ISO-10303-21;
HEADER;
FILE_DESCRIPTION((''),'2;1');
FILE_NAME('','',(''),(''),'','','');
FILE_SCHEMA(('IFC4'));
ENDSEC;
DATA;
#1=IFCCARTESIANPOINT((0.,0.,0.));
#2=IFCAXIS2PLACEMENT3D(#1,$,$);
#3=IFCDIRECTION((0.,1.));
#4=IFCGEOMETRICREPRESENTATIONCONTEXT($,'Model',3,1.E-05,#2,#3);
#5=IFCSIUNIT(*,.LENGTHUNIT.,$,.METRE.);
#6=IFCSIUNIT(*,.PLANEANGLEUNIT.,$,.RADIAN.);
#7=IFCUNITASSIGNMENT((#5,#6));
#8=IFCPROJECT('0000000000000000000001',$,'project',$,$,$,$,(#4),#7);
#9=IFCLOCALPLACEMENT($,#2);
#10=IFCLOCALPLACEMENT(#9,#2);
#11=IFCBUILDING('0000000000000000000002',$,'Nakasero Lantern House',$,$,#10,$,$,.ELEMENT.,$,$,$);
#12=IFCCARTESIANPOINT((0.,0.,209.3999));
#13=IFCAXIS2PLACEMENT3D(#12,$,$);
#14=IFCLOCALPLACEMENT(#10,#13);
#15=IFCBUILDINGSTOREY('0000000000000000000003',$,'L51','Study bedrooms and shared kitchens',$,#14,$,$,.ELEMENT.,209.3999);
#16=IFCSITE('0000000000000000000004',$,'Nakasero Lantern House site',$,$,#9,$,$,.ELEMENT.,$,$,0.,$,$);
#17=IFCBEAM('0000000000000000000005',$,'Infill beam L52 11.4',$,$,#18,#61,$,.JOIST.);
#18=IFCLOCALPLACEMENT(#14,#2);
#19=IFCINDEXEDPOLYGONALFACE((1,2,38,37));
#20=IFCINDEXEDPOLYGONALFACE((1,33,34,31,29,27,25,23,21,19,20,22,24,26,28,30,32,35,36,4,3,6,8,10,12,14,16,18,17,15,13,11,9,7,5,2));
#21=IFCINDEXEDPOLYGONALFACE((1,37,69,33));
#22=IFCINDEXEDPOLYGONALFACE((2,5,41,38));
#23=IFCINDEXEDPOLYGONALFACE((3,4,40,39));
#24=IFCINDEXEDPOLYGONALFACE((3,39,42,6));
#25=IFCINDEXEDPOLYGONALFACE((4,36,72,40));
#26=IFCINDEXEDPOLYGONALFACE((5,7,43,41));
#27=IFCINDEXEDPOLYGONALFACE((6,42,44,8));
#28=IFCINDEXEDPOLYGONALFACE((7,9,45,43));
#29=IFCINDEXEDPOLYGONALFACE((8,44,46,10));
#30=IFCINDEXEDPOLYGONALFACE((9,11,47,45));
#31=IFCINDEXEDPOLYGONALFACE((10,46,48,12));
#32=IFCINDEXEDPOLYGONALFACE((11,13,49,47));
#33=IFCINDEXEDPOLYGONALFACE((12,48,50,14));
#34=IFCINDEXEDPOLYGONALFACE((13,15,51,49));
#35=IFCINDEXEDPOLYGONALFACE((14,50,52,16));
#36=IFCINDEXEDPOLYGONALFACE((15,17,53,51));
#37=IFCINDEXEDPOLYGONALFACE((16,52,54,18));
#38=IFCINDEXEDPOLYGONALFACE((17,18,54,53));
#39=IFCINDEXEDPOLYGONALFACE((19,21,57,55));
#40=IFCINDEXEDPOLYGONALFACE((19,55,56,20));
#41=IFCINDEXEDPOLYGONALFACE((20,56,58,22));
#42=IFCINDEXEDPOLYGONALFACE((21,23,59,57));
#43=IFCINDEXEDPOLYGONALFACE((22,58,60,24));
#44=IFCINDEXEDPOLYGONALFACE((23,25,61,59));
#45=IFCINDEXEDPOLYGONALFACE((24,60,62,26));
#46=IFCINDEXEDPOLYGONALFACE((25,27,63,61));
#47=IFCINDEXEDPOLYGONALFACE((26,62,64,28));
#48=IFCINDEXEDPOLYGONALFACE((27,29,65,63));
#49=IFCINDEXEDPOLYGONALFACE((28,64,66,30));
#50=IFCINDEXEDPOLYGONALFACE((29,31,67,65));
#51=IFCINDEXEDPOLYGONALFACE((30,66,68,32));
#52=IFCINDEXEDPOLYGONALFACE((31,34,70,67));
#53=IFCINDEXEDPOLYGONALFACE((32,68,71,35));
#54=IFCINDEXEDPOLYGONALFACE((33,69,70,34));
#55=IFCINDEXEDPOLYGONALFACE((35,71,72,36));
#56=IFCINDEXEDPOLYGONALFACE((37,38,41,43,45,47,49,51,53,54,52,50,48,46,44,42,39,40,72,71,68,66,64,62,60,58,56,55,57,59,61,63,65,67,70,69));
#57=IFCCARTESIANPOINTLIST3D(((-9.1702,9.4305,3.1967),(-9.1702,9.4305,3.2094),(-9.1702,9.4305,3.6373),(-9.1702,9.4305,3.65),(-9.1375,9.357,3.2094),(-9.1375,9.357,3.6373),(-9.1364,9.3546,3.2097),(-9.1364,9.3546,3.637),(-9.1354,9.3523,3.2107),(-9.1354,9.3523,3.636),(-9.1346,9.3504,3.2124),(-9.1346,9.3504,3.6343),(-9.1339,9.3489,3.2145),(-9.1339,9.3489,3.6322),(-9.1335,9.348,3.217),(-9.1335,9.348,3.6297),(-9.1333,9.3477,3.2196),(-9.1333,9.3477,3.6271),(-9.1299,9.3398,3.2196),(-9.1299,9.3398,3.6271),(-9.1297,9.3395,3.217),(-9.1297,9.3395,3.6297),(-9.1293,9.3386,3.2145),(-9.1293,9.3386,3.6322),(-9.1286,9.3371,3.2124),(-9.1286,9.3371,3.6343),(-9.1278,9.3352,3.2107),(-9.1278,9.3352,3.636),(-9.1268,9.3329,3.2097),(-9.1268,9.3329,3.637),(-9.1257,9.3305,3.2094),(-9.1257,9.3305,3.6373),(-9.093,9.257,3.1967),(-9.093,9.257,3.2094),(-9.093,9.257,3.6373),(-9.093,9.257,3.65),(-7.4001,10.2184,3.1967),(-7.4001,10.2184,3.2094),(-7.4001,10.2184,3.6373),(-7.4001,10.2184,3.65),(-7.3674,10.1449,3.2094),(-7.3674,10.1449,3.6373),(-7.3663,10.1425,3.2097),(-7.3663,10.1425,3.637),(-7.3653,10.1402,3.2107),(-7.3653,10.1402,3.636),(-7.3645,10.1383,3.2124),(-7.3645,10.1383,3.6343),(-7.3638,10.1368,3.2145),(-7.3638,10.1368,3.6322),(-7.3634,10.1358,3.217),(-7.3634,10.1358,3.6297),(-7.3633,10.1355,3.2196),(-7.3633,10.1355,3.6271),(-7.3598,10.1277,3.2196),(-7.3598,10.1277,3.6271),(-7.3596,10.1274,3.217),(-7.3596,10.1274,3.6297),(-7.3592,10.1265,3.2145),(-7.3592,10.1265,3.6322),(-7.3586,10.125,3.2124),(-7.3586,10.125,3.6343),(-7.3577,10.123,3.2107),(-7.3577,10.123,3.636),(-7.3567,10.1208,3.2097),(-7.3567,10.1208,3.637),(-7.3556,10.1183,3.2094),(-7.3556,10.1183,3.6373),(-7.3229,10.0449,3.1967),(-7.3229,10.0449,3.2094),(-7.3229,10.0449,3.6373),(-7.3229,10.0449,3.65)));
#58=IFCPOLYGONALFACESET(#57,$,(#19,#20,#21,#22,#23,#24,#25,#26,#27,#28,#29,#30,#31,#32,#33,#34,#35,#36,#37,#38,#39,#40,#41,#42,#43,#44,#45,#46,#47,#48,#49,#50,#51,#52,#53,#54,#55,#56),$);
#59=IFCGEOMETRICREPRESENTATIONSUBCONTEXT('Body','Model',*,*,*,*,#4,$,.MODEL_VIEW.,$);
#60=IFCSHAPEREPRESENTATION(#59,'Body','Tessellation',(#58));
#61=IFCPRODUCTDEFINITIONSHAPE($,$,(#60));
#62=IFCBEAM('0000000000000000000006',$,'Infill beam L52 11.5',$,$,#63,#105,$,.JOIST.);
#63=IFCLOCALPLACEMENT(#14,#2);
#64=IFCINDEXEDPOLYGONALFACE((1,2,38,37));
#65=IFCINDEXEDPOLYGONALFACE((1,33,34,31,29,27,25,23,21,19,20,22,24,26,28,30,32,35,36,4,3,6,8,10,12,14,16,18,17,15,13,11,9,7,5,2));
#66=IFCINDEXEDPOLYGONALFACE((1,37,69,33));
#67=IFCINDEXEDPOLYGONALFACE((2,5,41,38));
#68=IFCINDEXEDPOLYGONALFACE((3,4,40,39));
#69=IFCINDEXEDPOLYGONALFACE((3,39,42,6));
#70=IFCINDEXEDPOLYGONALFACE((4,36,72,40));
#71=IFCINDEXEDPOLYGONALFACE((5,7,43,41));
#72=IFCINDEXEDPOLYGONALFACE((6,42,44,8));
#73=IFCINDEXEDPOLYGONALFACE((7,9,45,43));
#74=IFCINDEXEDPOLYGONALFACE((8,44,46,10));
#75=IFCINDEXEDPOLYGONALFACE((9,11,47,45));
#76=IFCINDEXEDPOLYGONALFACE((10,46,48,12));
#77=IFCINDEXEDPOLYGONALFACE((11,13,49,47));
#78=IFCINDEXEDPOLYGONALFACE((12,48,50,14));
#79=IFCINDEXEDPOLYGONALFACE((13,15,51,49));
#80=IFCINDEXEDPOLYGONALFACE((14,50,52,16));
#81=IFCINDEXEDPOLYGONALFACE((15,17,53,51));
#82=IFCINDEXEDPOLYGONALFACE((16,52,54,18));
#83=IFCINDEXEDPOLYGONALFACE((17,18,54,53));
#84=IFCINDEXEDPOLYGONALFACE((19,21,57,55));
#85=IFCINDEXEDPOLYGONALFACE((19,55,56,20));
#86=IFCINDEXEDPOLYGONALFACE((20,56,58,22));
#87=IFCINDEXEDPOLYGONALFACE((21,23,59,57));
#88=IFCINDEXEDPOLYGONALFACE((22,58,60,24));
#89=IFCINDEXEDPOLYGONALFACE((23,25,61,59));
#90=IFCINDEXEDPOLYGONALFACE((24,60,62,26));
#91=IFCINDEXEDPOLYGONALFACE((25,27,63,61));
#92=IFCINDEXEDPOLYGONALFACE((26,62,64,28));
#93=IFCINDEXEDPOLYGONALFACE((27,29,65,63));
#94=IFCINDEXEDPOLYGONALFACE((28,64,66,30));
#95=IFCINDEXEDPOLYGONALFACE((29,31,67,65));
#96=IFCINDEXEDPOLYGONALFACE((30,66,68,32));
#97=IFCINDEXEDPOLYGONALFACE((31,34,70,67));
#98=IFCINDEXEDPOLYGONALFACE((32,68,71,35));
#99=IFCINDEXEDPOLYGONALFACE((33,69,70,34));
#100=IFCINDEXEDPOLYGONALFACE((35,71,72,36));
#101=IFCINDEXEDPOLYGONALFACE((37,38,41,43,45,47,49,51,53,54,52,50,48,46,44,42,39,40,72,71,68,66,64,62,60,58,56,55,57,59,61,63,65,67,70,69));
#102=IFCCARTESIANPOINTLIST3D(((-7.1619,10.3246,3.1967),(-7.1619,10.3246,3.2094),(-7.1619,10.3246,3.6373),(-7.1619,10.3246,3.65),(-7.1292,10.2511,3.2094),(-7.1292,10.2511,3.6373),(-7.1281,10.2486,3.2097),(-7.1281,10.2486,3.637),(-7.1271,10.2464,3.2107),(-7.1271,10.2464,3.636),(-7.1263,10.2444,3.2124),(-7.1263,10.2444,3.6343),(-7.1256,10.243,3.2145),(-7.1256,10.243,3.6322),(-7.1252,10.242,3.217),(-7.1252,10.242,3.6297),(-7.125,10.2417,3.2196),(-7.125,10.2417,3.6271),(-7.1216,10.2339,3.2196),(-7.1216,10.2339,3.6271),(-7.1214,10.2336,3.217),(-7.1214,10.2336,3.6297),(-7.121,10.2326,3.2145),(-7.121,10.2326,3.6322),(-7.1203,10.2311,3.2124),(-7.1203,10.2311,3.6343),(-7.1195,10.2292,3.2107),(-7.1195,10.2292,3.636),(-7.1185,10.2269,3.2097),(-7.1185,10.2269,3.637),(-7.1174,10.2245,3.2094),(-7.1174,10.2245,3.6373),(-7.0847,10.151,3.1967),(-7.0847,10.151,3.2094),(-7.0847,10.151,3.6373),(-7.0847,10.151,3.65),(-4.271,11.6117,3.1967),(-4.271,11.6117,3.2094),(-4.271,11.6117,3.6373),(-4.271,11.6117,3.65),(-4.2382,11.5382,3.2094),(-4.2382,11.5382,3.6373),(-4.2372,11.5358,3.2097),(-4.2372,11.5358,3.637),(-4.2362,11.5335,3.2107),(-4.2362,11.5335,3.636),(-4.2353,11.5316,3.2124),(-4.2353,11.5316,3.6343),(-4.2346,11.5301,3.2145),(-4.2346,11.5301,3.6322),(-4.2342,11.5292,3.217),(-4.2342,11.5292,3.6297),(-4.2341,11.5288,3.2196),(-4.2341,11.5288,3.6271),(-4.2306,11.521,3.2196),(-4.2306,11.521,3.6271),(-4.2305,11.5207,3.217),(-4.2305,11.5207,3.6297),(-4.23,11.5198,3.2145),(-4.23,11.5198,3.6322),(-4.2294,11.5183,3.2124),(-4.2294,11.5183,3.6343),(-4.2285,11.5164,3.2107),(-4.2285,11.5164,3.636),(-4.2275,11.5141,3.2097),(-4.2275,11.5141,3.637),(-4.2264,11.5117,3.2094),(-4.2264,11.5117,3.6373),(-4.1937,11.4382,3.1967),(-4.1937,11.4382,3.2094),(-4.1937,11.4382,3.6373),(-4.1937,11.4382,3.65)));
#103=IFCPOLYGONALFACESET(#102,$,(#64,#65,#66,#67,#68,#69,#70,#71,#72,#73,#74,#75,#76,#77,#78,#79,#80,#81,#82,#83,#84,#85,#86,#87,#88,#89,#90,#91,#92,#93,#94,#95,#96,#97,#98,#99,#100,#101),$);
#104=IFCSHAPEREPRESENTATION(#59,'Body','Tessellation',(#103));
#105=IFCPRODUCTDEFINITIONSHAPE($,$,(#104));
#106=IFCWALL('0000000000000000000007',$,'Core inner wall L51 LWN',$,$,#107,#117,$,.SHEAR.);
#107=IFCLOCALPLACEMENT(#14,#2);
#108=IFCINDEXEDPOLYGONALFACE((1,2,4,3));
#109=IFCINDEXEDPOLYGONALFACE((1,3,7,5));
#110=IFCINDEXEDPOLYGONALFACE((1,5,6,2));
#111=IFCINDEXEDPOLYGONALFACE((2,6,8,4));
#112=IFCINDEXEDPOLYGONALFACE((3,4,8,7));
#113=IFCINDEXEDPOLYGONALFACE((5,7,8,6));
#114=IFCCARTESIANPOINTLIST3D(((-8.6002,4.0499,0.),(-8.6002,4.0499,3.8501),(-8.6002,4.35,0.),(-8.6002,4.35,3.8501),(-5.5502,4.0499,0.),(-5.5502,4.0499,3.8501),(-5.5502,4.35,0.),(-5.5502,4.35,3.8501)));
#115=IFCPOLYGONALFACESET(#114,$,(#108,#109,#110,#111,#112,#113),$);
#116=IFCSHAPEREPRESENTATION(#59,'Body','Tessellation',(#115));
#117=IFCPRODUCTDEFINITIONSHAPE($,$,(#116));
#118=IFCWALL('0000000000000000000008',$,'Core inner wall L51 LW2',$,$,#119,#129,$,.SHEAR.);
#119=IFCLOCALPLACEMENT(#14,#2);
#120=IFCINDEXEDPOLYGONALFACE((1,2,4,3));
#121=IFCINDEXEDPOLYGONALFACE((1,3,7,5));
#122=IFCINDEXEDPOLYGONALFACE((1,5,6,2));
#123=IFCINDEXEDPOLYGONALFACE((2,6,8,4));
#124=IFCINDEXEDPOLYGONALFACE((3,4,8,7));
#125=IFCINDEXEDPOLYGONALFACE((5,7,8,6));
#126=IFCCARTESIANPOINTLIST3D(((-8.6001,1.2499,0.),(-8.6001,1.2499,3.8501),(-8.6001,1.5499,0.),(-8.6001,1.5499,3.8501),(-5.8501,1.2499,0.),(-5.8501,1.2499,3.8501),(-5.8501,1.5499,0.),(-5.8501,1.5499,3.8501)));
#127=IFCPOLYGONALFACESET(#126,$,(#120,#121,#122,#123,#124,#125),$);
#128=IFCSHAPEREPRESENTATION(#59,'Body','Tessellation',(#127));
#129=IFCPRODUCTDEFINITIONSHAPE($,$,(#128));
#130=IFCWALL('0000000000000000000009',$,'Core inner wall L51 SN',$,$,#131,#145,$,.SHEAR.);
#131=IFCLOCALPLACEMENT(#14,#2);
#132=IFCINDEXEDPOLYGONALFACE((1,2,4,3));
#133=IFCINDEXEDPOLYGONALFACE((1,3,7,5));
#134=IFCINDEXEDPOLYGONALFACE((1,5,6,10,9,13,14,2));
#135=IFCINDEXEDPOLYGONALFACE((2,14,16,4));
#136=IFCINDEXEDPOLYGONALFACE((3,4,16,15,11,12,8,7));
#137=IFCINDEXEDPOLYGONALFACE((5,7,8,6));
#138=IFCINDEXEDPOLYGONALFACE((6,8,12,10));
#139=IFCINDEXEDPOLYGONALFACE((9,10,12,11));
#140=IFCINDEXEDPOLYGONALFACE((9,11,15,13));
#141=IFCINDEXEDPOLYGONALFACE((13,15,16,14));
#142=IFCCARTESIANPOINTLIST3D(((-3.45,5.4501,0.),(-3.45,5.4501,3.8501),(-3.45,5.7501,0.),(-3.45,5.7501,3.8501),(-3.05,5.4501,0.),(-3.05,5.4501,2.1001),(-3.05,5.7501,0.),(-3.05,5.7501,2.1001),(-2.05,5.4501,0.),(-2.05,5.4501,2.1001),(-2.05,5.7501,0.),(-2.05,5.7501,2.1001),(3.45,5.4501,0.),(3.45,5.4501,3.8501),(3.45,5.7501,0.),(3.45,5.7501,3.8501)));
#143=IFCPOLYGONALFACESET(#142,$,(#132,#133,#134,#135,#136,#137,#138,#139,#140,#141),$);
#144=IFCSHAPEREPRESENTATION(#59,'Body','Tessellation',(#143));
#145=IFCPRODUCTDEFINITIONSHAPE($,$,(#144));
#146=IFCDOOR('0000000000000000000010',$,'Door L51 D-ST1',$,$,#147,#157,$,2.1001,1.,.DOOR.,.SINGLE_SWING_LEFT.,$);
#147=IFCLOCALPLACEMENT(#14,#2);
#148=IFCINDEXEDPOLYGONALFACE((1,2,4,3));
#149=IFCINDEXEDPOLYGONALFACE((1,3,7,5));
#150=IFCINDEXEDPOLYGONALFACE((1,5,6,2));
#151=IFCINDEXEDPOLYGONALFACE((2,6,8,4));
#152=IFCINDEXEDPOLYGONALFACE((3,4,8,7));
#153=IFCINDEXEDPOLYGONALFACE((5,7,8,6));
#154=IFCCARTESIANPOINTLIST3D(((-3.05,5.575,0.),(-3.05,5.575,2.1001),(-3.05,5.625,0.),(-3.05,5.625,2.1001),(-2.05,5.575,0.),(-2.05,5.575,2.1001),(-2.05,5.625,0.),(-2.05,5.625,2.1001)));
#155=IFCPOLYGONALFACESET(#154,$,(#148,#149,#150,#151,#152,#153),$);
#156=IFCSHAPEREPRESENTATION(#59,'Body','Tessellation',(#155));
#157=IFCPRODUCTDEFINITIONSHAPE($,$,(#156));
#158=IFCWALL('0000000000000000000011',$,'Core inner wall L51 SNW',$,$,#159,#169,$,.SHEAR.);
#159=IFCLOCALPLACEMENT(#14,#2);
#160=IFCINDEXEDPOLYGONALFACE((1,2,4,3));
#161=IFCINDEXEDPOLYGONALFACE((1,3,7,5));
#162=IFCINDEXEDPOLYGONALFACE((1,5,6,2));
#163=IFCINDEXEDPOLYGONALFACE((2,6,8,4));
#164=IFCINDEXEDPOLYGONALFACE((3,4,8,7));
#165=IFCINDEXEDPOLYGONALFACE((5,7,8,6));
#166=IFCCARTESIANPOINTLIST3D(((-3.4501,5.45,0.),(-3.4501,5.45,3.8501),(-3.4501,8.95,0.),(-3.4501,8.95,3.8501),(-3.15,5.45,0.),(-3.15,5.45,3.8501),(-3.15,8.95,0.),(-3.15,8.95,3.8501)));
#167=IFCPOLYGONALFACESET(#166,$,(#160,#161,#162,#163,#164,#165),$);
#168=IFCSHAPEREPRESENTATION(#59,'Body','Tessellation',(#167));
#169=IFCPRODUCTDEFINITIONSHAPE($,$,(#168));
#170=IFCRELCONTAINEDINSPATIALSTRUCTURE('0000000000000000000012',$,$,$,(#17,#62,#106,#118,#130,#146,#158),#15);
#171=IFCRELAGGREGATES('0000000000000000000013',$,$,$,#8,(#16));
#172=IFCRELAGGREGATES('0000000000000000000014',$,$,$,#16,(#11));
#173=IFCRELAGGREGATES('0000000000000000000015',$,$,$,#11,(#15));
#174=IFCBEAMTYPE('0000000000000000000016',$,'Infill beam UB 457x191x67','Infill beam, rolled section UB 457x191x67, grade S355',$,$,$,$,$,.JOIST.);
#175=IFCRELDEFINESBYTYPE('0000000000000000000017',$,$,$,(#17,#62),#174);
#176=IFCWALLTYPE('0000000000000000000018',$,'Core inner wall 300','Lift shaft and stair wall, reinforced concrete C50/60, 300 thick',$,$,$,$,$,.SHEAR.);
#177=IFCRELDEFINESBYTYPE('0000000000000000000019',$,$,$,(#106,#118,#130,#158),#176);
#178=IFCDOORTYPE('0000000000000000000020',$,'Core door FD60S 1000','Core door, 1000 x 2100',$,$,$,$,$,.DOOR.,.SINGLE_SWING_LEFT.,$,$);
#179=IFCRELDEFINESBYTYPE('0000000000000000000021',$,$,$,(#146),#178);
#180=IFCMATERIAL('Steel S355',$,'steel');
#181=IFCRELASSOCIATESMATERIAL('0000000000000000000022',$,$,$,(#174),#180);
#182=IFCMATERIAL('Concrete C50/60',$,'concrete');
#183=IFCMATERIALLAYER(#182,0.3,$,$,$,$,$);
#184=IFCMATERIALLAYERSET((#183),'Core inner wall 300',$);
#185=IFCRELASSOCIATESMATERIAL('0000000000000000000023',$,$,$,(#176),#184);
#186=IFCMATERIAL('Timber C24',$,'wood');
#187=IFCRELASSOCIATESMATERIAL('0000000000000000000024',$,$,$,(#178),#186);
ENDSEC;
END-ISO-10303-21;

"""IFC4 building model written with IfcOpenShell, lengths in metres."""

from ifc_helpers import new_model, si_unit, direction, frame, frame_2d, origin, origin_2d, place, context, subcontext, project, spatial, rectangle, i_section, extrude, material, layer, layer_set, material_profile, profile_set, type_object, element, fill, save


model = new_model("IFC4")

# Units and contexts
model_context = context("Model", 3, precision=1e-05, world=origin(), true_north=direction((0.0, 1.0)))
body_context = subcontext(model_context, "Body", "Model", "MODEL_VIEW")
ifc_project = project(units=[si_unit("LENGTHUNIT", "METRE"), si_unit("PLANEANGLEUNIT", "RADIAN")], contexts=[model_context])

# Site, building, storey
site_placement = place(None, origin())
site = spatial("IfcSite", under=ifc_project, at=site_placement, Name="Nakasero Lantern House site", CompositionType="ELEMENT", RefElevation=0.0)
building_placement = place(site_placement, origin())
building = spatial("IfcBuilding", under=site, at=building_placement, Name="Nakasero Lantern House", CompositionType="ELEMENT")
storey_placement = place(building_placement, frame((0.0, 0.0, 209.3999)))
storey = spatial("IfcBuildingStorey", under=building, at=storey_placement, Name="L51", Description="Study bedrooms and shared kitchens", CompositionType="ELEMENT", Elevation=209.3999)

# Beams
ifc_material_1 = material(Name="Steel S355", Category="steel")
ifc_material_profile = material_profile(ifc_material_1, i_section(OverallWidth=0.1899, OverallDepth=0.4534, WebThickness=0.0085, FlangeThickness=0.0127, FilletRadius=0.0103, at=origin_2d()), Name="UB 457x191x67")
ifc_profile_set = profile_set([ifc_material_profile], Name="Steel S355")
beam_type = type_object("IfcBeamType", Name="Infill beam UB 457x191x67", Description="Infill beam, rolled section UB 457x191x67, grade S355", PredefinedType="JOIST", material=ifc_profile_set)
beam_1_placement = place(storey_placement, frame((-9.1316, 9.3438, 3.4233), z_axis=(0.913588, 0.406641, 0.0), x_axis=(-0.406641, 0.913588, 0.0)))
element("IfcBeam", 1, at=beam_1_placement, inside=storey, type_object=beam_type, Name="Infill beam L52 11.4", PredefinedType="JOIST", context=body_context, shape_type="SweptSolid", body=[
    extrude(i_section(OverallWidth=0.1899, OverallDepth=0.4534, WebThickness=0.0085, FlangeThickness=0.0127, FilletRadius=0.0103, at=origin_2d()), origin(), (0.0, 0.0, 1.0), 1.9375),
])
beam_2_placement = place(storey_placement, frame((-7.1233, 10.2378, 3.4233), z_axis=(0.913544, 0.40674, 0.0), x_axis=(-0.40674, 0.913544, 0.0)))
element("IfcBeam", 2, at=beam_2_placement, inside=storey, type_object=beam_type, Name="Infill beam L52 11.5", PredefinedType="JOIST", context=body_context, shape_type="SweptSolid", body=[
    extrude(i_section(OverallWidth=0.1899, OverallDepth=0.4534, WebThickness=0.0085, FlangeThickness=0.0127, FilletRadius=0.0103, at=origin_2d()), origin(), (0.0, 0.0, 1.0), 3.1646),
])

# Walls
ifc_material_2 = material(Name="Concrete C50/60", Category="concrete")
ifc_layer_1 = layer(ifc_material_2, 0.3)
ifc_layer_set_1 = layer_set([ifc_layer_1], Name="Core inner wall 300")
wall_type_1 = type_object("IfcWallType", Name="Core inner wall 300", Description="Lift shaft and stair wall, reinforced concrete C50/60, 300 thick", PredefinedType="SHEAR", material=ifc_layer_set_1)
wall_1_placement = place(storey_placement, frame((-8.6001, 4.2, 0.0), z_axis=(0.0, 0.0, 1.0), x_axis=(1.0, 0.0, 0.0)))
element("IfcWall", 3, at=wall_1_placement, inside=storey, type_object=wall_type_1, Name="Core inner wall L51 LWN", PredefinedType="SHEAR", context=body_context, shape_type="SweptSolid", body=[
    extrude(rectangle(XDim=3.05, YDim=0.3, at=frame_2d((1.5249, 0.0))), origin(), (0.0, 0.0, 1.0), 3.8501),
])
wall_2_placement = place(storey_placement, frame((-8.6001, 1.3999, 0.0), z_axis=(0.0, 0.0, 1.0), x_axis=(1.0, 0.0, 0.0)))
element("IfcWall", 4, at=wall_2_placement, inside=storey, type_object=wall_type_1, Name="Core inner wall L51 LW2", PredefinedType="SHEAR", context=body_context, shape_type="SweptSolid", body=[
    extrude(rectangle(XDim=2.75, YDim=0.3, at=frame_2d((1.375, 0.0))), origin(), (0.0, 0.0, 1.0), 3.8501),
])

# Wall, opening, door
wall_3_placement = place(storey_placement, frame((-3.45, 5.6001, 0.0), z_axis=(0.0, 0.0, 1.0), x_axis=(1.0, 0.0, 0.0)))
wall_3 = element("IfcWall", 5, at=wall_3_placement, inside=storey, type_object=wall_type_1, Name="Core inner wall L51 SN", PredefinedType="SHEAR", context=body_context, shape_type="SweptSolid", body=[
    extrude(rectangle(XDim=6.8999, YDim=0.3, at=frame_2d((3.45, 0.0))), origin(), (0.0, 0.0, 1.0), 3.8501),
])
opening_1_placement = place(wall_3_placement, frame((0.3999, 0.0, 0.0)))
opening_1 = element("IfcOpeningElement", 6, at=opening_1_placement, cuts=wall_3, PredefinedType="OPENING", context=body_context, shape_type="SweptSolid", body=[
    extrude(rectangle(XDim=1.0, YDim=2.1001, at=frame_2d((0.5, 1.05))), frame((0.0, 0.1699, 0.0), z_axis=(0.0, -1.0, 0.0), x_axis=(1.0, 0.0, 0.0)), (0.0, 0.0, 1.0), 0.3401),
])
ifc_material_3 = material(Name="Timber C24", Category="wood")
door_type_1 = type_object("IfcDoorType", Name="Core door FD60S 1000", Description="Core door, 1000 x 2100", OperationType="SINGLE_SWING_LEFT", PredefinedType="DOOR", material=ifc_material_3)
door_1_placement = place(opening_1_placement, origin())
door_1 = element("IfcDoor", 7, at=door_1_placement, inside=storey, type_object=door_type_1, Name="Door L51 D-ST1", OperationType="SINGLE_SWING_LEFT", OverallHeight=2.1001, OverallWidth=1.0, PredefinedType="DOOR", context=body_context, shape_type="SweptSolid", body=[
    extrude(rectangle(XDim=1.0, YDim=2.1001, at=frame_2d((0.5, 1.05))), frame((0.0, 0.0249, 0.0), z_axis=(0.0, -1.0, 0.0), x_axis=(1.0, 0.0, 0.0)), (0.0, 0.0, 1.0), 0.05),
])
fill(opening_1, door_1)

# Wall
wall_4_placement = place(storey_placement, frame((-3.3, 5.45, 0.0), z_axis=(0.0, 0.0, 1.0), x_axis=(0.0, 1.0, 0.0)))
element("IfcWall", 8, at=wall_4_placement, inside=storey, type_object=wall_type_1, Name="Core inner wall L51 SNW", PredefinedType="SHEAR", context=body_context, shape_type="SweptSolid", body=[
    extrude(rectangle(XDim=3.5, YDim=0.3, at=frame_2d((1.75, 0.0))), origin(), (0.0, 0.0, 1.0), 3.8501),
])

save(model, "model.ifc")
